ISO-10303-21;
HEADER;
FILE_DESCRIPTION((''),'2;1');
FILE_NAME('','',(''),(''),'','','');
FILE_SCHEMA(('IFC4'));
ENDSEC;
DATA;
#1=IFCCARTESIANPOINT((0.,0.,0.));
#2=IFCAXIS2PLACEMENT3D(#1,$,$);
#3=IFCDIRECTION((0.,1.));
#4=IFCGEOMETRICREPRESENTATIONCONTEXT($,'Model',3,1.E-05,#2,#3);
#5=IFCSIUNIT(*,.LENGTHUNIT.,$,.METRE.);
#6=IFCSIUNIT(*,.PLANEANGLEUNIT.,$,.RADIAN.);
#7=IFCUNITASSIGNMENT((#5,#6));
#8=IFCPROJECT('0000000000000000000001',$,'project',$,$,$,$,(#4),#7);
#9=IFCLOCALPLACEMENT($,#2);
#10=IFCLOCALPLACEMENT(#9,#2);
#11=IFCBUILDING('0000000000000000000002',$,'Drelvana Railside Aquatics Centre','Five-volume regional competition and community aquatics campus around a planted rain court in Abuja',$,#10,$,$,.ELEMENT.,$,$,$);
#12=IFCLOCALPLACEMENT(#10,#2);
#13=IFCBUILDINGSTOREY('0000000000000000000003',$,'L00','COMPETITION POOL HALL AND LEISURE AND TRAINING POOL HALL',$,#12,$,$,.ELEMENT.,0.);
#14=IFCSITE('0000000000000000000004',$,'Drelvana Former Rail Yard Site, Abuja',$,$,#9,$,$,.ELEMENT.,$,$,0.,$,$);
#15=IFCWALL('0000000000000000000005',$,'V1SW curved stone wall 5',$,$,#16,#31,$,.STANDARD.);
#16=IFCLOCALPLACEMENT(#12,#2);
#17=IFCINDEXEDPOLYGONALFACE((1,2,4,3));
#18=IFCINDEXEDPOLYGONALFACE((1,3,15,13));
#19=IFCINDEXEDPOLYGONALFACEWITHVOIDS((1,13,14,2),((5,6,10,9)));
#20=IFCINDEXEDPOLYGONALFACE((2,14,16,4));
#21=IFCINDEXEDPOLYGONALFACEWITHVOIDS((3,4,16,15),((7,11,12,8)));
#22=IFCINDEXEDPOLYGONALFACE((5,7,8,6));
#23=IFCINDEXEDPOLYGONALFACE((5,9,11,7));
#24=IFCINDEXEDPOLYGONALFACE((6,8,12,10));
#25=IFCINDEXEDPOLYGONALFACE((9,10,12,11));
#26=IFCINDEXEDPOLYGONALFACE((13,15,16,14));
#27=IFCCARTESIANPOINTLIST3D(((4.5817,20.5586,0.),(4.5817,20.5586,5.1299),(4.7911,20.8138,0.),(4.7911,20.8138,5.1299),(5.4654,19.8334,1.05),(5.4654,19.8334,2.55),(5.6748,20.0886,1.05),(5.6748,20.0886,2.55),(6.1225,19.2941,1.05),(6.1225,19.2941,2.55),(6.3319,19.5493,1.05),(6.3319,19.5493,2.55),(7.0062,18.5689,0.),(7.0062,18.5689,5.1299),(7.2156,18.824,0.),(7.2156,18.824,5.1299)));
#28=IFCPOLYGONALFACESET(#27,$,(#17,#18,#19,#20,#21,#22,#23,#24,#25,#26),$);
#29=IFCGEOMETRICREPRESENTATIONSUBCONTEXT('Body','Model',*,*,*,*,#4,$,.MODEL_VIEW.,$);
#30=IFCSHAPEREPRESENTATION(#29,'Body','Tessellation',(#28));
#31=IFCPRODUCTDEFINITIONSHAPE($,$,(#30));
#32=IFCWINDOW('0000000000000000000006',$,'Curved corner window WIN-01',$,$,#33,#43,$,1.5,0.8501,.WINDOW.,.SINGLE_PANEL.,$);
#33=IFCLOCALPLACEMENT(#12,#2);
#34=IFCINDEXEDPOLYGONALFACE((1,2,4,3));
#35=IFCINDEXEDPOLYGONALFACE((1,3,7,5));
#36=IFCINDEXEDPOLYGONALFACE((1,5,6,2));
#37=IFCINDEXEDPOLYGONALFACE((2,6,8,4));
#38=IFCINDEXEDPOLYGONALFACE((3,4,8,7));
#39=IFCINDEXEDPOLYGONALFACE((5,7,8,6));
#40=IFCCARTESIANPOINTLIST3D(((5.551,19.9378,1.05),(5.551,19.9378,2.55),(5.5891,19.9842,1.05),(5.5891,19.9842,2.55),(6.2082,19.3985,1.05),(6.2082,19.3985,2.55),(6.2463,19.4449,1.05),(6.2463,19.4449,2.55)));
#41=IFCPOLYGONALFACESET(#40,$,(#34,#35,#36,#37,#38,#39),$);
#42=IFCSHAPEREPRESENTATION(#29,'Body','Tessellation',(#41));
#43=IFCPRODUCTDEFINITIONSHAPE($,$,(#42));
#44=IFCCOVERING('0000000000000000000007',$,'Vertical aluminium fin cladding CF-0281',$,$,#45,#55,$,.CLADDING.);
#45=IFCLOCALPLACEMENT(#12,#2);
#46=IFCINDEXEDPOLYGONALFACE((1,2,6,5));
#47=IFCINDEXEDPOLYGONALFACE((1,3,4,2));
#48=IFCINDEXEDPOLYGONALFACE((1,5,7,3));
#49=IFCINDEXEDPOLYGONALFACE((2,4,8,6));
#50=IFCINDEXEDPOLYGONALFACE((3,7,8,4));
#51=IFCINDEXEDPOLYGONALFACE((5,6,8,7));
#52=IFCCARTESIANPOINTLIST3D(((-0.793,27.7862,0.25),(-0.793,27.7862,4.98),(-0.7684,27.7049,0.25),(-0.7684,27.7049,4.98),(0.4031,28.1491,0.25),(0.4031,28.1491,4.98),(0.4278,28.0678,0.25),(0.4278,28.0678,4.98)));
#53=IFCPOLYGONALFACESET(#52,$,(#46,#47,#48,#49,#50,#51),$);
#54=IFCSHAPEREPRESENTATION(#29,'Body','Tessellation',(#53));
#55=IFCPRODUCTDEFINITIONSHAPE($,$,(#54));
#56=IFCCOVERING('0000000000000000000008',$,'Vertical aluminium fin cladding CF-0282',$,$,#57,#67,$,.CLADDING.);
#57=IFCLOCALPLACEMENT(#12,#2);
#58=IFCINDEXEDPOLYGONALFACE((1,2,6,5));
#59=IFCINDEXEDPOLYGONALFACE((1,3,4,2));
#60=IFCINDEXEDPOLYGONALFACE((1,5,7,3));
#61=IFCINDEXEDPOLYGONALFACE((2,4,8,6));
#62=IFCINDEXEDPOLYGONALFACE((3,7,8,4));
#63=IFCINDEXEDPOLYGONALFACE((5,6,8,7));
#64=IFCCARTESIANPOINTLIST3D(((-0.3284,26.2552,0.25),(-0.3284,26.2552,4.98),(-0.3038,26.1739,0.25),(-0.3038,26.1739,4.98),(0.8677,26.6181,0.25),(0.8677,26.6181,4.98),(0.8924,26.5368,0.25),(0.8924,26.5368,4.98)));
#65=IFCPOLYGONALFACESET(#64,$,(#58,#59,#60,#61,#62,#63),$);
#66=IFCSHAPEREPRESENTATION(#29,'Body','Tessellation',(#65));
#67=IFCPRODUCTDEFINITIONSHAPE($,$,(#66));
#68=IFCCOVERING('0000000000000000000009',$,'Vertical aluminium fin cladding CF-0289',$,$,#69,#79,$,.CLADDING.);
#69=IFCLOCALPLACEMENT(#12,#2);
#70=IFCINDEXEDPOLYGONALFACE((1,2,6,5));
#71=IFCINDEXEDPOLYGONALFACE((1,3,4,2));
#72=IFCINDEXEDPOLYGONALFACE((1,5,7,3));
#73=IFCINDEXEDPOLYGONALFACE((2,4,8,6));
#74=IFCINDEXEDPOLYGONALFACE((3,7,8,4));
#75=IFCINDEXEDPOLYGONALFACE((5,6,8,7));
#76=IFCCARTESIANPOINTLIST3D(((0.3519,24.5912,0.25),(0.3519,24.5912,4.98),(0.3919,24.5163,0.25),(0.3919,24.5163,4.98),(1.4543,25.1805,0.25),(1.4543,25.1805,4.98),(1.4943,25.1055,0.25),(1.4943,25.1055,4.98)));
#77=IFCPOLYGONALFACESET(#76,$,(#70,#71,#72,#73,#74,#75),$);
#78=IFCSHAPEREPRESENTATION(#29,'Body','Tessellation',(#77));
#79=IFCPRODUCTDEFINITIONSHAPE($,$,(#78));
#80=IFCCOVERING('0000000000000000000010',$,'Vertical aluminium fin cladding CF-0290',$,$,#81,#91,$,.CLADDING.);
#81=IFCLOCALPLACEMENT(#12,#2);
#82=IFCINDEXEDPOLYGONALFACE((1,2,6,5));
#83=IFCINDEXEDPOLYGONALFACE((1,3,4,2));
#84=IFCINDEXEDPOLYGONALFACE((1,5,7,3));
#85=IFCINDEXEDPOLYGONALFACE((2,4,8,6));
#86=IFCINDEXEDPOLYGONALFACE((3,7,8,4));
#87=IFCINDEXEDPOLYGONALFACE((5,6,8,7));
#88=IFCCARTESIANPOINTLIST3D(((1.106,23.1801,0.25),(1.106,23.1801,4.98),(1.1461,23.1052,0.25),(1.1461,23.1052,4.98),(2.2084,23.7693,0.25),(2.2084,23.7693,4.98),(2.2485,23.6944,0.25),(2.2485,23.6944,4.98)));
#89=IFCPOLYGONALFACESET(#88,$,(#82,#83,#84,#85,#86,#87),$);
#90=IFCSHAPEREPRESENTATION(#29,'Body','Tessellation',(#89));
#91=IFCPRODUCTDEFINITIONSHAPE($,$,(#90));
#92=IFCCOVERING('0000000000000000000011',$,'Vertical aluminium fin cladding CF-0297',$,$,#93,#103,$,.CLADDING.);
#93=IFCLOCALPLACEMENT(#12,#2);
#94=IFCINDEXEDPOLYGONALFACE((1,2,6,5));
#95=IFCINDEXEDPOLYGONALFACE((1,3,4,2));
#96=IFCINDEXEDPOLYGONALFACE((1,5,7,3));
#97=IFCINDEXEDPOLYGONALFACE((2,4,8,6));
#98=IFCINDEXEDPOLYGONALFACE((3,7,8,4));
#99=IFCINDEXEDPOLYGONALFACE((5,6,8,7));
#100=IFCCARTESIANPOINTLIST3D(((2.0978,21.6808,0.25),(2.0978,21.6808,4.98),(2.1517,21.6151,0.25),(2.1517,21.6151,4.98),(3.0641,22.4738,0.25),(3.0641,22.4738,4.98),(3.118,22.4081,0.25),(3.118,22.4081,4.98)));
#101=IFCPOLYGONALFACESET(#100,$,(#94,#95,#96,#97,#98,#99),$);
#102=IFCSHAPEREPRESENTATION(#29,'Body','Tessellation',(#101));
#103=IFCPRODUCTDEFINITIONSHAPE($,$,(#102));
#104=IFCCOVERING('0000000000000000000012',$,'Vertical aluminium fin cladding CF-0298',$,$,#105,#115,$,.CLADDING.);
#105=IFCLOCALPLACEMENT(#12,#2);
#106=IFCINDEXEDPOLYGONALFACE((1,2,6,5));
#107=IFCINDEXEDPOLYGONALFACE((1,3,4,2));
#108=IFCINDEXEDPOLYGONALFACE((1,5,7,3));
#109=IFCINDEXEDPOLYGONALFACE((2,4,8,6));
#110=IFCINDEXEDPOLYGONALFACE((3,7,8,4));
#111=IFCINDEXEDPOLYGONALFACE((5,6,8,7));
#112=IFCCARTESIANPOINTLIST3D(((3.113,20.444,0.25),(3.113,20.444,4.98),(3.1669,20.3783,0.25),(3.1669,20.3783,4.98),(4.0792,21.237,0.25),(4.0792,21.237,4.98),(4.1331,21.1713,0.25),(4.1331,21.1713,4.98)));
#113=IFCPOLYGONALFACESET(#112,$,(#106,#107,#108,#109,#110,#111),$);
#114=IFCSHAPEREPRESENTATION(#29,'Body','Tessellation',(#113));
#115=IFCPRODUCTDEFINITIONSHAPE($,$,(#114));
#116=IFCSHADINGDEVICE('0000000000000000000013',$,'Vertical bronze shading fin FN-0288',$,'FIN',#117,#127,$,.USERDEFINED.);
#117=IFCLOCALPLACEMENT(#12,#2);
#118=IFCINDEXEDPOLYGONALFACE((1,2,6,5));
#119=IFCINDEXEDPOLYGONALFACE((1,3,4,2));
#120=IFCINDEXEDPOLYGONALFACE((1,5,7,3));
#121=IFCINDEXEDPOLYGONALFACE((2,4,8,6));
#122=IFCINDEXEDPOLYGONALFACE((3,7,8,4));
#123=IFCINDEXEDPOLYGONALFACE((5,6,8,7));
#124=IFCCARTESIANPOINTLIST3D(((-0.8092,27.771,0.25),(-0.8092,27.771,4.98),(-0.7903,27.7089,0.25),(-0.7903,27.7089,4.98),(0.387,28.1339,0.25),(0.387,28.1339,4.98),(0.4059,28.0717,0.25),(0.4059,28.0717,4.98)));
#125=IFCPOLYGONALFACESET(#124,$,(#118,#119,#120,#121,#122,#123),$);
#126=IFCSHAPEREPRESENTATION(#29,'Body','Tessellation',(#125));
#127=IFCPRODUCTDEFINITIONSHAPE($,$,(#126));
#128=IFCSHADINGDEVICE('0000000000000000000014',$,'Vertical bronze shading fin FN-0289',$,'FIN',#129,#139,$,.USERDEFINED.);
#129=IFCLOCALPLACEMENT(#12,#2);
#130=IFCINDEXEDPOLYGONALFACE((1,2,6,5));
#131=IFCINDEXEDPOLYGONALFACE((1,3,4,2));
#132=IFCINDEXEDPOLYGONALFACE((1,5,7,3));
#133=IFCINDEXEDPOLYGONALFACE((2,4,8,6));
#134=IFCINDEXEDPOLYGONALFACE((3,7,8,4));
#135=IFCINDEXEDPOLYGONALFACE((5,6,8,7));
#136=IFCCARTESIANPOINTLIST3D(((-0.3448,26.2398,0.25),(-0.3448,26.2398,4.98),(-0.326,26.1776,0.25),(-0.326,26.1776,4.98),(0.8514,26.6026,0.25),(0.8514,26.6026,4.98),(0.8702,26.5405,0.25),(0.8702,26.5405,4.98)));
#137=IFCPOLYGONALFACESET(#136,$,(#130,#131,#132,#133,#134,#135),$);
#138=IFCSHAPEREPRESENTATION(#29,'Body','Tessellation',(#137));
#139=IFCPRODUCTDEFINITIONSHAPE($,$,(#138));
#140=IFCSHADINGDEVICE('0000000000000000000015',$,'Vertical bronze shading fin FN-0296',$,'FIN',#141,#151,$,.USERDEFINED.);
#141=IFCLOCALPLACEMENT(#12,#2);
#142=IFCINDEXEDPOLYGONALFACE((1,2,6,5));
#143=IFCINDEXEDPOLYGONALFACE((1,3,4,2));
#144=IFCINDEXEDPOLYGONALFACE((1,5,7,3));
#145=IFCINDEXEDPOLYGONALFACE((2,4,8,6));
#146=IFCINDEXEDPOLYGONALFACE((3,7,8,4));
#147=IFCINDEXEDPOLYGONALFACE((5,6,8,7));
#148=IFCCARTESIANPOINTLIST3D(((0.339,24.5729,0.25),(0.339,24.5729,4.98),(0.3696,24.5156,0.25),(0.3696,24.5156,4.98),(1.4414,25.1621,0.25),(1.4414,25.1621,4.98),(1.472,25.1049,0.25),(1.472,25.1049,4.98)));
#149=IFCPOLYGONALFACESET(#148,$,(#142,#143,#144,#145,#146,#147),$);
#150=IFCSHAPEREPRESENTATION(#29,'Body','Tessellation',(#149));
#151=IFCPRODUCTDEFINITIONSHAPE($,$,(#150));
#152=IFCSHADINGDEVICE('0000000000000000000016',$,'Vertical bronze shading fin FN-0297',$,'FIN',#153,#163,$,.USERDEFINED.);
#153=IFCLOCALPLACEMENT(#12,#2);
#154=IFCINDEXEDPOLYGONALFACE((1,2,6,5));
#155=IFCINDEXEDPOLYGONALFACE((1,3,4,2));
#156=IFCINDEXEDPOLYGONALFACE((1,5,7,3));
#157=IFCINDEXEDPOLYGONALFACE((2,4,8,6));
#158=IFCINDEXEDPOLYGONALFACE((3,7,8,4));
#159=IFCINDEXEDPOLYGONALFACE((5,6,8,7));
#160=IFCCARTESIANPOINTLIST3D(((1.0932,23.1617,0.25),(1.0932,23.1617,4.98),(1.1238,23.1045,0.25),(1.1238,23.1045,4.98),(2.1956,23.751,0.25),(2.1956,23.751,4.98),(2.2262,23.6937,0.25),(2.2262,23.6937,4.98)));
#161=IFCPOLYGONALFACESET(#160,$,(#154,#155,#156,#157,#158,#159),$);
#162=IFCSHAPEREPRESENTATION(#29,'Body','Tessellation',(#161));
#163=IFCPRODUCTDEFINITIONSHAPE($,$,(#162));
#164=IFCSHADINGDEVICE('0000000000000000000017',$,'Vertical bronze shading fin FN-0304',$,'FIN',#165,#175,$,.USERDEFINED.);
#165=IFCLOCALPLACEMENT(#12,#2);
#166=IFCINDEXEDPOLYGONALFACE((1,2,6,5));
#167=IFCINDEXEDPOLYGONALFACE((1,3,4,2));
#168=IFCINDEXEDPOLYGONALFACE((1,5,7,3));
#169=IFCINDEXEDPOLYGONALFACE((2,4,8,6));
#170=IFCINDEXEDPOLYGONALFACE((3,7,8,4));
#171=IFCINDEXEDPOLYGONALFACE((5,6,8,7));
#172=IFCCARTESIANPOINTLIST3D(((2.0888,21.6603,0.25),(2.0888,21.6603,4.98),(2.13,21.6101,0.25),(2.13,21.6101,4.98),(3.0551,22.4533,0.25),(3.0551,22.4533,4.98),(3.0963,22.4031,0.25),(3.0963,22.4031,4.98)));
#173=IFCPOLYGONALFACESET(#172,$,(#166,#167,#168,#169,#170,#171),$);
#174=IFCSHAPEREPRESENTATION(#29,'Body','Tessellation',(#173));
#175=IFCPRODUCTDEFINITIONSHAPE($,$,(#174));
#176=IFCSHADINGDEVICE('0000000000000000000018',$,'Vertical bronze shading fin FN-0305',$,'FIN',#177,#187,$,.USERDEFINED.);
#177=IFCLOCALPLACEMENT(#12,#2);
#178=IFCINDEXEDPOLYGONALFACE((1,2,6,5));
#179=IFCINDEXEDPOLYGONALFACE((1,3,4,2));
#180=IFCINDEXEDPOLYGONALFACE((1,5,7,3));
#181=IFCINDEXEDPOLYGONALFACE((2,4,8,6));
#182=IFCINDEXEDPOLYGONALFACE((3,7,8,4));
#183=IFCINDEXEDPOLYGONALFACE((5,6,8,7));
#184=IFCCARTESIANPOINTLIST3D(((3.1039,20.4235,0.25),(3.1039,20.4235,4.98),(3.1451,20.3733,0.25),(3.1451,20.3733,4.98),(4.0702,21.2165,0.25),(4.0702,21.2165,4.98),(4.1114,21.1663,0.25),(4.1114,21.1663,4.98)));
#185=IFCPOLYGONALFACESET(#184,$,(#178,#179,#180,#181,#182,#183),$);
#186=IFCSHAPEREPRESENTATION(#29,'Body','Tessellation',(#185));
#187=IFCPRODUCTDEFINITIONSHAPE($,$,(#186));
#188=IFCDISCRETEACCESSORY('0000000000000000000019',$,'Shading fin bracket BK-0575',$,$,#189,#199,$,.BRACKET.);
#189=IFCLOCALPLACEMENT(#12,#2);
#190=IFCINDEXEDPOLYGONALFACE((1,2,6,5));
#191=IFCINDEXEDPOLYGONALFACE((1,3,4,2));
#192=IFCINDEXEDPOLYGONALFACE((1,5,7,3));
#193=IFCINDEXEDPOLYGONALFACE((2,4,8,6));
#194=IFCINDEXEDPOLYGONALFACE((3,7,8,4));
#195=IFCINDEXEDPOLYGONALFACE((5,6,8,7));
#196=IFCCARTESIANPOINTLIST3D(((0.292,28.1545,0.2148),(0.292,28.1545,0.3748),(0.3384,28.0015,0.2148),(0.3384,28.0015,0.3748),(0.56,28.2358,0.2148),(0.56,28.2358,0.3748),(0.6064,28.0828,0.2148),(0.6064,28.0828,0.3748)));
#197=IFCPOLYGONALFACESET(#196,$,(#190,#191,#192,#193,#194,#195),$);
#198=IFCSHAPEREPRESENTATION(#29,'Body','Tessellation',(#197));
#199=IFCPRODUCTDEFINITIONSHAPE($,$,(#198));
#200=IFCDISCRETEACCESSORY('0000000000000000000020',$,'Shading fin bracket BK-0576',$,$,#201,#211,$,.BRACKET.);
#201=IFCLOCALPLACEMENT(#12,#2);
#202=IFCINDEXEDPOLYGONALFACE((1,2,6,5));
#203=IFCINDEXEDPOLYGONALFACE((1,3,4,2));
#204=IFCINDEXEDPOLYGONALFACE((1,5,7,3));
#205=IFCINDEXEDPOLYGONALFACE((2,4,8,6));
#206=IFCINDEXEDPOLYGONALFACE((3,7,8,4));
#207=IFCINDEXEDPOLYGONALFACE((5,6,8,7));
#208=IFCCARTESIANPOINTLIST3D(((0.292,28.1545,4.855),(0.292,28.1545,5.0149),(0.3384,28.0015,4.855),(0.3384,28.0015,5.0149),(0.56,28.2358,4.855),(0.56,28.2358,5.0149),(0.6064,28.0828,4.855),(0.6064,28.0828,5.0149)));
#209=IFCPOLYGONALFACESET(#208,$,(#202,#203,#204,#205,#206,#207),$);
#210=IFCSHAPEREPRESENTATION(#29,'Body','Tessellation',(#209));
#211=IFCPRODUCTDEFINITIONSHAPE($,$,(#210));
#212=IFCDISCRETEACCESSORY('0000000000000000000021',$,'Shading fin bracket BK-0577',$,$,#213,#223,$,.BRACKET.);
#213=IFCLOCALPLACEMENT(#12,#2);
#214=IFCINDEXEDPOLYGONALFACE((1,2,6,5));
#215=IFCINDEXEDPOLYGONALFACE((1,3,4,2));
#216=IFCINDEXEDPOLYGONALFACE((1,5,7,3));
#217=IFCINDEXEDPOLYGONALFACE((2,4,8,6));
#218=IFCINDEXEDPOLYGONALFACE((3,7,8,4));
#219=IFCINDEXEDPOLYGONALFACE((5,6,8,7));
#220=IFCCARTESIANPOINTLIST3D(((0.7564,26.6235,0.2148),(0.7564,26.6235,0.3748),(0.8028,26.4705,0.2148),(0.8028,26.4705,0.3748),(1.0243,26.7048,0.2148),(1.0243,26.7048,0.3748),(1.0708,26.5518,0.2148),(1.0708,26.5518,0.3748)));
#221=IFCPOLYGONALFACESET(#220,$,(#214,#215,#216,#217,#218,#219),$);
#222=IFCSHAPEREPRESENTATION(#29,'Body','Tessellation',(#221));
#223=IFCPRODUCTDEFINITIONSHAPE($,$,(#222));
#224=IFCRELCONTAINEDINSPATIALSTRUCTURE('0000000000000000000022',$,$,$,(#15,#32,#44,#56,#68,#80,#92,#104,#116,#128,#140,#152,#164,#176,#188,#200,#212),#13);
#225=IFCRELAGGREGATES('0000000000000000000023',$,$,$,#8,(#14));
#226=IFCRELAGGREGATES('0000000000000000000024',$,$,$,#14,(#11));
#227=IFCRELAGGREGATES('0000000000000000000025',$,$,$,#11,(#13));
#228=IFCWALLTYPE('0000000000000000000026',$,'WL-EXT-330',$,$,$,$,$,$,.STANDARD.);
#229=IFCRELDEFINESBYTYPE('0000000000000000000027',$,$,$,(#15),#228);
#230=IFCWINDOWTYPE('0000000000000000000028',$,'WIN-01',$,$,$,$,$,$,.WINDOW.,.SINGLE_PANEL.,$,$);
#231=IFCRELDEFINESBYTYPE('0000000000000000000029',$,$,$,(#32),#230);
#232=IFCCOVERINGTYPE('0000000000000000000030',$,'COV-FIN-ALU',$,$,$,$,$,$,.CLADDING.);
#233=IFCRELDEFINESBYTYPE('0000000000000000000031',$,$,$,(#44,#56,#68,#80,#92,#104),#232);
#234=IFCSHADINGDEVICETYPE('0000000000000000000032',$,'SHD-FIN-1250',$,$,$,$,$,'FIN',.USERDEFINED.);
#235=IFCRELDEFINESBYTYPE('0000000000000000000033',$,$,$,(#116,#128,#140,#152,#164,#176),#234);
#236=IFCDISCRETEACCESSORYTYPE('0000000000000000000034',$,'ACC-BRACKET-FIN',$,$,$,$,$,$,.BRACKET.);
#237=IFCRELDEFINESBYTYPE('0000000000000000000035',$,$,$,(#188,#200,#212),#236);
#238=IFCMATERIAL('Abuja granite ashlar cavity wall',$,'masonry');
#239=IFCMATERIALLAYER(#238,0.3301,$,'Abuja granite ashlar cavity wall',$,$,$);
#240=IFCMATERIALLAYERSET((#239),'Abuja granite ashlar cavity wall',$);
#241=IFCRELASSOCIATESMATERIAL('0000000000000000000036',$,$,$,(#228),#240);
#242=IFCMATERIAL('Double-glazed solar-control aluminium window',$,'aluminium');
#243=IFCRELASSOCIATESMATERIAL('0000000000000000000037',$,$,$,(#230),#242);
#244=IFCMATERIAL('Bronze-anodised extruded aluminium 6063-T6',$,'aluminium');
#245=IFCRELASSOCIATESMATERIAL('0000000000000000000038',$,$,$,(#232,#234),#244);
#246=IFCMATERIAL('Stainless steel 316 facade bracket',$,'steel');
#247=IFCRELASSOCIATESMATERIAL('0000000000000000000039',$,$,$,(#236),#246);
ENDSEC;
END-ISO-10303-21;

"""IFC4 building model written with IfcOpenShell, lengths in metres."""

from ifc_helpers import new_model, si_unit, direction, frame, frame_2d, origin, origin_2d, place, context, subcontext, project, spatial, rectangle, extrude, material, layer, layer_set, type_object, element, fill, save


model = new_model("IFC4")

# Units and contexts
model_context = context("Model", 3, precision=1e-05, world=origin(), true_north=direction((0.0, 1.0)))
body_context = subcontext(model_context, "Body", "Model", "MODEL_VIEW")
ifc_project = project(units=[si_unit("LENGTHUNIT", "METRE"), si_unit("PLANEANGLEUNIT", "RADIAN")], contexts=[model_context])

# Site, building, storey
site_placement = place(None, origin())
site = spatial("IfcSite", under=ifc_project, at=site_placement, Name="Drelvana Former Rail Yard Site, Abuja", CompositionType="ELEMENT", RefElevation=0.0)
building_placement = place(site_placement, origin())
building = spatial("IfcBuilding", under=site, at=building_placement, Name="Drelvana Railside Aquatics Centre", Description="Five-volume regional competition and community aquatics campus around a planted rain court in Abuja", CompositionType="ELEMENT")
storey_placement = place(building_placement, origin())
storey = spatial("IfcBuildingStorey", under=building, at=storey_placement, Name="L00", Description="COMPETITION POOL HALL AND LEISURE AND TRAINING POOL HALL", CompositionType="ELEMENT", Elevation=0.0)

# Shared definitions
ifc_material_1 = material(Name="Abuja granite ashlar cavity wall", Category="masonry")
ifc_layer = layer(ifc_material_1, 0.3301, Name="Abuja granite ashlar cavity wall")
ifc_layer_set = layer_set([ifc_layer], Name="Abuja granite ashlar cavity wall")
wall_type = type_object("IfcWallType", Name="WL-EXT-330", PredefinedType="STANDARD", material=ifc_layer_set)
ifc_material_2 = material(Name="Double-glazed solar-control aluminium window", Category="aluminium")

# Wall, opening, window
wall_1_placement = place(storey_placement, frame((4.6863, 20.6863, 0.0), z_axis=(0.0, 0.0, 1.0), x_axis=(0.773017, -0.634386, 0.0)))
wall_1 = element("IfcWall", 1, at=wall_1_placement, inside=storey, type_object=wall_type, Name="V1SW curved stone wall 5", PredefinedType="STANDARD", context=body_context, shape_type="SweptSolid", body=[
    extrude(rectangle(XDim=3.1365, YDim=0.3301, at=frame_2d((1.5684, 0.0))), origin(), (0.0, 0.0, 1.0), 5.1299),
])
opening_1_placement = place(wall_1_placement, frame((1.1433, 0.0, 1.05)))
opening_1 = element("IfcOpeningElement", 2, at=opening_1_placement, cuts=wall_1, PredefinedType="OPENING", context=body_context, shape_type="SweptSolid", body=[
    extrude(rectangle(XDim=0.8501, YDim=1.5, at=frame_2d((0.425, 0.75))), frame((0.0, 0.175, 0.0), z_axis=(0.0, -1.0, 0.0), x_axis=(1.0, 0.0, 0.0)), (0.0, 0.0, 1.0), 0.3501),
])
window_type_1 = type_object("IfcWindowType", Name="WIN-01", PartitioningType="SINGLE_PANEL", PredefinedType="WINDOW", material=ifc_material_2)
window_1_placement = place(opening_1_placement, origin())
window_1 = element("IfcWindow", 3, at=window_1_placement, inside=storey, type_object=window_type_1, Name="Curved corner window WIN-01", OverallHeight=1.5, OverallWidth=0.8501, PartitioningType="SINGLE_PANEL", PredefinedType="WINDOW", context=body_context, shape_type="SweptSolid", body=[
    extrude(rectangle(XDim=0.8501, YDim=1.5, at=frame_2d((0.425, 0.75))), frame((0.0, 0.03, 0.0), z_axis=(0.0, -1.0, 0.0), x_axis=(1.0, 0.0, 0.0)), (0.0, 0.0, 1.0), 0.0601),
])
fill(opening_1, window_1)

# Coverings
ifc_material_3 = material(Name="Bronze-anodised extruded aluminium 6063-T6", Category="aluminium")
covering_type = type_object("IfcCoveringType", Name="COV-FIN-ALU", PredefinedType="CLADDING", material=ifc_material_3)
for number, where, z_axis, x_axis, name in (
    (4, (-0.1826, 27.927, 0.25), (0.0, 0.0, 1.0), (-0.290285, 0.95694, 0.0), "Vertical aluminium fin cladding CF-0281"),
    (5, (0.282, 26.396, 0.25), (0.0, 0.0, 1.0), (-0.290285, 0.95694, 0.0), "Vertical aluminium fin cladding CF-0282"),
    (6, (0.9231, 24.8484, 0.25), (0.0, 0.0, 1.0), (-0.471397, 0.881921, 0.0), "Vertical aluminium fin cladding CF-0289"),
    (7, (1.6772, 23.4373, 0.25), (0.0, 0.0, 1.0), (-0.471397, 0.881921, 0.0), "Vertical aluminium fin cladding CF-0290"),
    (8, (2.6079, 22.0444, 0.25), (0.0, 0.0, 1.0), (-0.634393, 0.77301, 0.0), "Vertical aluminium fin cladding CF-0297"),
    (9, (3.623, 20.8076, 0.25), (0.0, 0.0, 1.0), (-0.634393, 0.77301, 0.0), "Vertical aluminium fin cladding CF-0298"),
):
    element("IfcCovering", number, at=place(storey_placement, frame(where, z_axis=z_axis, x_axis=x_axis)), inside=storey, type_object=covering_type, Name=name, PredefinedType="CLADDING", context=body_context, shape_type="SweptSolid", body=[
        extrude(rectangle(XDim=0.085, YDim=1.25, at=origin_2d()), origin(), (0.0, 0.0, 1.0), 4.73),
    ])

# Shading devices
shading_device_type = type_object("IfcShadingDeviceType", Name="SHD-FIN-1250", ElementType="FIN", PredefinedType="USERDEFINED", material=ifc_material_3)
for number, where, z_axis, x_axis, name in (
    (10, (-0.2017, 27.9214, 0.25), (0.0, 0.0, 1.0), (-0.95694, -0.290285, 0.0), "Vertical bronze shading fin FN-0288"),
    (11, (0.2627, 26.3901, 0.25), (0.0, 0.0, 1.0), (-0.95694, -0.290285, 0.0), "Vertical bronze shading fin FN-0289"),
    (12, (0.9055, 24.8389, 0.25), (0.0, 0.0, 1.0), (-0.881921, -0.471397, 0.0), "Vertical bronze shading fin FN-0296"),
    (13, (1.6597, 23.4277, 0.25), (0.0, 0.0, 1.0), (-0.881921, -0.471397, 0.0), "Vertical bronze shading fin FN-0297"),
    (14, (2.5925, 22.0317, 0.25), (0.0, 0.0, 1.0), (-0.77301, -0.634393, 0.0), "Vertical bronze shading fin FN-0304"),
    (15, (3.6077, 20.7949, 0.25), (0.0, 0.0, 1.0), (-0.77301, -0.634393, 0.0), "Vertical bronze shading fin FN-0305"),
):
    element("IfcShadingDevice", number, at=place(storey_placement, frame(where, z_axis=z_axis, x_axis=x_axis)), inside=storey, type_object=shading_device_type, Name=name, ObjectType="FIN", PredefinedType="USERDEFINED", context=body_context, shape_type="SweptSolid", body=[
        extrude(rectangle(XDim=1.25, YDim=0.0649, at=origin_2d()), origin(), (0.0, 0.0, 1.0), 4.73),
    ])

# Discrete accessories
ifc_material_4 = material(Name="Stainless steel 316 facade bracket", Category="steel")
discrete_accessory_type = type_object("IfcDiscreteAccessoryType", Name="ACC-BRACKET-FIN", PredefinedType="BRACKET", material=ifc_material_4)
for number, where, z_axis, x_axis, name in (
    (16, (0.4492, 28.1187, 0.2148), (0.0, 0.0, 1.0), (-0.95694, -0.290285, 0.0), "Shading fin bracket BK-0575"),
    (17, (0.4492, 28.1187, 4.855), (0.0, 0.0, 1.0), (-0.95694, -0.290285, 0.0), "Shading fin bracket BK-0576"),
    (18, (0.9136, 26.5876, 0.2148), (0.0, 0.0, 1.0), (-0.95694, -0.290285, 0.0), "Shading fin bracket BK-0577"),
):
    element("IfcDiscreteAccessory", number, at=place(storey_placement, frame(where, z_axis=z_axis, x_axis=x_axis)), inside=storey, type_object=discrete_accessory_type, Name=name, PredefinedType="BRACKET", context=body_context, shape_type="SweptSolid", body=[
        extrude(rectangle(XDim=0.28, YDim=0.1599, at=origin_2d()), origin(), (0.0, 0.0, 1.0), 0.1599),
    ])

save(model, "model.ifc")
